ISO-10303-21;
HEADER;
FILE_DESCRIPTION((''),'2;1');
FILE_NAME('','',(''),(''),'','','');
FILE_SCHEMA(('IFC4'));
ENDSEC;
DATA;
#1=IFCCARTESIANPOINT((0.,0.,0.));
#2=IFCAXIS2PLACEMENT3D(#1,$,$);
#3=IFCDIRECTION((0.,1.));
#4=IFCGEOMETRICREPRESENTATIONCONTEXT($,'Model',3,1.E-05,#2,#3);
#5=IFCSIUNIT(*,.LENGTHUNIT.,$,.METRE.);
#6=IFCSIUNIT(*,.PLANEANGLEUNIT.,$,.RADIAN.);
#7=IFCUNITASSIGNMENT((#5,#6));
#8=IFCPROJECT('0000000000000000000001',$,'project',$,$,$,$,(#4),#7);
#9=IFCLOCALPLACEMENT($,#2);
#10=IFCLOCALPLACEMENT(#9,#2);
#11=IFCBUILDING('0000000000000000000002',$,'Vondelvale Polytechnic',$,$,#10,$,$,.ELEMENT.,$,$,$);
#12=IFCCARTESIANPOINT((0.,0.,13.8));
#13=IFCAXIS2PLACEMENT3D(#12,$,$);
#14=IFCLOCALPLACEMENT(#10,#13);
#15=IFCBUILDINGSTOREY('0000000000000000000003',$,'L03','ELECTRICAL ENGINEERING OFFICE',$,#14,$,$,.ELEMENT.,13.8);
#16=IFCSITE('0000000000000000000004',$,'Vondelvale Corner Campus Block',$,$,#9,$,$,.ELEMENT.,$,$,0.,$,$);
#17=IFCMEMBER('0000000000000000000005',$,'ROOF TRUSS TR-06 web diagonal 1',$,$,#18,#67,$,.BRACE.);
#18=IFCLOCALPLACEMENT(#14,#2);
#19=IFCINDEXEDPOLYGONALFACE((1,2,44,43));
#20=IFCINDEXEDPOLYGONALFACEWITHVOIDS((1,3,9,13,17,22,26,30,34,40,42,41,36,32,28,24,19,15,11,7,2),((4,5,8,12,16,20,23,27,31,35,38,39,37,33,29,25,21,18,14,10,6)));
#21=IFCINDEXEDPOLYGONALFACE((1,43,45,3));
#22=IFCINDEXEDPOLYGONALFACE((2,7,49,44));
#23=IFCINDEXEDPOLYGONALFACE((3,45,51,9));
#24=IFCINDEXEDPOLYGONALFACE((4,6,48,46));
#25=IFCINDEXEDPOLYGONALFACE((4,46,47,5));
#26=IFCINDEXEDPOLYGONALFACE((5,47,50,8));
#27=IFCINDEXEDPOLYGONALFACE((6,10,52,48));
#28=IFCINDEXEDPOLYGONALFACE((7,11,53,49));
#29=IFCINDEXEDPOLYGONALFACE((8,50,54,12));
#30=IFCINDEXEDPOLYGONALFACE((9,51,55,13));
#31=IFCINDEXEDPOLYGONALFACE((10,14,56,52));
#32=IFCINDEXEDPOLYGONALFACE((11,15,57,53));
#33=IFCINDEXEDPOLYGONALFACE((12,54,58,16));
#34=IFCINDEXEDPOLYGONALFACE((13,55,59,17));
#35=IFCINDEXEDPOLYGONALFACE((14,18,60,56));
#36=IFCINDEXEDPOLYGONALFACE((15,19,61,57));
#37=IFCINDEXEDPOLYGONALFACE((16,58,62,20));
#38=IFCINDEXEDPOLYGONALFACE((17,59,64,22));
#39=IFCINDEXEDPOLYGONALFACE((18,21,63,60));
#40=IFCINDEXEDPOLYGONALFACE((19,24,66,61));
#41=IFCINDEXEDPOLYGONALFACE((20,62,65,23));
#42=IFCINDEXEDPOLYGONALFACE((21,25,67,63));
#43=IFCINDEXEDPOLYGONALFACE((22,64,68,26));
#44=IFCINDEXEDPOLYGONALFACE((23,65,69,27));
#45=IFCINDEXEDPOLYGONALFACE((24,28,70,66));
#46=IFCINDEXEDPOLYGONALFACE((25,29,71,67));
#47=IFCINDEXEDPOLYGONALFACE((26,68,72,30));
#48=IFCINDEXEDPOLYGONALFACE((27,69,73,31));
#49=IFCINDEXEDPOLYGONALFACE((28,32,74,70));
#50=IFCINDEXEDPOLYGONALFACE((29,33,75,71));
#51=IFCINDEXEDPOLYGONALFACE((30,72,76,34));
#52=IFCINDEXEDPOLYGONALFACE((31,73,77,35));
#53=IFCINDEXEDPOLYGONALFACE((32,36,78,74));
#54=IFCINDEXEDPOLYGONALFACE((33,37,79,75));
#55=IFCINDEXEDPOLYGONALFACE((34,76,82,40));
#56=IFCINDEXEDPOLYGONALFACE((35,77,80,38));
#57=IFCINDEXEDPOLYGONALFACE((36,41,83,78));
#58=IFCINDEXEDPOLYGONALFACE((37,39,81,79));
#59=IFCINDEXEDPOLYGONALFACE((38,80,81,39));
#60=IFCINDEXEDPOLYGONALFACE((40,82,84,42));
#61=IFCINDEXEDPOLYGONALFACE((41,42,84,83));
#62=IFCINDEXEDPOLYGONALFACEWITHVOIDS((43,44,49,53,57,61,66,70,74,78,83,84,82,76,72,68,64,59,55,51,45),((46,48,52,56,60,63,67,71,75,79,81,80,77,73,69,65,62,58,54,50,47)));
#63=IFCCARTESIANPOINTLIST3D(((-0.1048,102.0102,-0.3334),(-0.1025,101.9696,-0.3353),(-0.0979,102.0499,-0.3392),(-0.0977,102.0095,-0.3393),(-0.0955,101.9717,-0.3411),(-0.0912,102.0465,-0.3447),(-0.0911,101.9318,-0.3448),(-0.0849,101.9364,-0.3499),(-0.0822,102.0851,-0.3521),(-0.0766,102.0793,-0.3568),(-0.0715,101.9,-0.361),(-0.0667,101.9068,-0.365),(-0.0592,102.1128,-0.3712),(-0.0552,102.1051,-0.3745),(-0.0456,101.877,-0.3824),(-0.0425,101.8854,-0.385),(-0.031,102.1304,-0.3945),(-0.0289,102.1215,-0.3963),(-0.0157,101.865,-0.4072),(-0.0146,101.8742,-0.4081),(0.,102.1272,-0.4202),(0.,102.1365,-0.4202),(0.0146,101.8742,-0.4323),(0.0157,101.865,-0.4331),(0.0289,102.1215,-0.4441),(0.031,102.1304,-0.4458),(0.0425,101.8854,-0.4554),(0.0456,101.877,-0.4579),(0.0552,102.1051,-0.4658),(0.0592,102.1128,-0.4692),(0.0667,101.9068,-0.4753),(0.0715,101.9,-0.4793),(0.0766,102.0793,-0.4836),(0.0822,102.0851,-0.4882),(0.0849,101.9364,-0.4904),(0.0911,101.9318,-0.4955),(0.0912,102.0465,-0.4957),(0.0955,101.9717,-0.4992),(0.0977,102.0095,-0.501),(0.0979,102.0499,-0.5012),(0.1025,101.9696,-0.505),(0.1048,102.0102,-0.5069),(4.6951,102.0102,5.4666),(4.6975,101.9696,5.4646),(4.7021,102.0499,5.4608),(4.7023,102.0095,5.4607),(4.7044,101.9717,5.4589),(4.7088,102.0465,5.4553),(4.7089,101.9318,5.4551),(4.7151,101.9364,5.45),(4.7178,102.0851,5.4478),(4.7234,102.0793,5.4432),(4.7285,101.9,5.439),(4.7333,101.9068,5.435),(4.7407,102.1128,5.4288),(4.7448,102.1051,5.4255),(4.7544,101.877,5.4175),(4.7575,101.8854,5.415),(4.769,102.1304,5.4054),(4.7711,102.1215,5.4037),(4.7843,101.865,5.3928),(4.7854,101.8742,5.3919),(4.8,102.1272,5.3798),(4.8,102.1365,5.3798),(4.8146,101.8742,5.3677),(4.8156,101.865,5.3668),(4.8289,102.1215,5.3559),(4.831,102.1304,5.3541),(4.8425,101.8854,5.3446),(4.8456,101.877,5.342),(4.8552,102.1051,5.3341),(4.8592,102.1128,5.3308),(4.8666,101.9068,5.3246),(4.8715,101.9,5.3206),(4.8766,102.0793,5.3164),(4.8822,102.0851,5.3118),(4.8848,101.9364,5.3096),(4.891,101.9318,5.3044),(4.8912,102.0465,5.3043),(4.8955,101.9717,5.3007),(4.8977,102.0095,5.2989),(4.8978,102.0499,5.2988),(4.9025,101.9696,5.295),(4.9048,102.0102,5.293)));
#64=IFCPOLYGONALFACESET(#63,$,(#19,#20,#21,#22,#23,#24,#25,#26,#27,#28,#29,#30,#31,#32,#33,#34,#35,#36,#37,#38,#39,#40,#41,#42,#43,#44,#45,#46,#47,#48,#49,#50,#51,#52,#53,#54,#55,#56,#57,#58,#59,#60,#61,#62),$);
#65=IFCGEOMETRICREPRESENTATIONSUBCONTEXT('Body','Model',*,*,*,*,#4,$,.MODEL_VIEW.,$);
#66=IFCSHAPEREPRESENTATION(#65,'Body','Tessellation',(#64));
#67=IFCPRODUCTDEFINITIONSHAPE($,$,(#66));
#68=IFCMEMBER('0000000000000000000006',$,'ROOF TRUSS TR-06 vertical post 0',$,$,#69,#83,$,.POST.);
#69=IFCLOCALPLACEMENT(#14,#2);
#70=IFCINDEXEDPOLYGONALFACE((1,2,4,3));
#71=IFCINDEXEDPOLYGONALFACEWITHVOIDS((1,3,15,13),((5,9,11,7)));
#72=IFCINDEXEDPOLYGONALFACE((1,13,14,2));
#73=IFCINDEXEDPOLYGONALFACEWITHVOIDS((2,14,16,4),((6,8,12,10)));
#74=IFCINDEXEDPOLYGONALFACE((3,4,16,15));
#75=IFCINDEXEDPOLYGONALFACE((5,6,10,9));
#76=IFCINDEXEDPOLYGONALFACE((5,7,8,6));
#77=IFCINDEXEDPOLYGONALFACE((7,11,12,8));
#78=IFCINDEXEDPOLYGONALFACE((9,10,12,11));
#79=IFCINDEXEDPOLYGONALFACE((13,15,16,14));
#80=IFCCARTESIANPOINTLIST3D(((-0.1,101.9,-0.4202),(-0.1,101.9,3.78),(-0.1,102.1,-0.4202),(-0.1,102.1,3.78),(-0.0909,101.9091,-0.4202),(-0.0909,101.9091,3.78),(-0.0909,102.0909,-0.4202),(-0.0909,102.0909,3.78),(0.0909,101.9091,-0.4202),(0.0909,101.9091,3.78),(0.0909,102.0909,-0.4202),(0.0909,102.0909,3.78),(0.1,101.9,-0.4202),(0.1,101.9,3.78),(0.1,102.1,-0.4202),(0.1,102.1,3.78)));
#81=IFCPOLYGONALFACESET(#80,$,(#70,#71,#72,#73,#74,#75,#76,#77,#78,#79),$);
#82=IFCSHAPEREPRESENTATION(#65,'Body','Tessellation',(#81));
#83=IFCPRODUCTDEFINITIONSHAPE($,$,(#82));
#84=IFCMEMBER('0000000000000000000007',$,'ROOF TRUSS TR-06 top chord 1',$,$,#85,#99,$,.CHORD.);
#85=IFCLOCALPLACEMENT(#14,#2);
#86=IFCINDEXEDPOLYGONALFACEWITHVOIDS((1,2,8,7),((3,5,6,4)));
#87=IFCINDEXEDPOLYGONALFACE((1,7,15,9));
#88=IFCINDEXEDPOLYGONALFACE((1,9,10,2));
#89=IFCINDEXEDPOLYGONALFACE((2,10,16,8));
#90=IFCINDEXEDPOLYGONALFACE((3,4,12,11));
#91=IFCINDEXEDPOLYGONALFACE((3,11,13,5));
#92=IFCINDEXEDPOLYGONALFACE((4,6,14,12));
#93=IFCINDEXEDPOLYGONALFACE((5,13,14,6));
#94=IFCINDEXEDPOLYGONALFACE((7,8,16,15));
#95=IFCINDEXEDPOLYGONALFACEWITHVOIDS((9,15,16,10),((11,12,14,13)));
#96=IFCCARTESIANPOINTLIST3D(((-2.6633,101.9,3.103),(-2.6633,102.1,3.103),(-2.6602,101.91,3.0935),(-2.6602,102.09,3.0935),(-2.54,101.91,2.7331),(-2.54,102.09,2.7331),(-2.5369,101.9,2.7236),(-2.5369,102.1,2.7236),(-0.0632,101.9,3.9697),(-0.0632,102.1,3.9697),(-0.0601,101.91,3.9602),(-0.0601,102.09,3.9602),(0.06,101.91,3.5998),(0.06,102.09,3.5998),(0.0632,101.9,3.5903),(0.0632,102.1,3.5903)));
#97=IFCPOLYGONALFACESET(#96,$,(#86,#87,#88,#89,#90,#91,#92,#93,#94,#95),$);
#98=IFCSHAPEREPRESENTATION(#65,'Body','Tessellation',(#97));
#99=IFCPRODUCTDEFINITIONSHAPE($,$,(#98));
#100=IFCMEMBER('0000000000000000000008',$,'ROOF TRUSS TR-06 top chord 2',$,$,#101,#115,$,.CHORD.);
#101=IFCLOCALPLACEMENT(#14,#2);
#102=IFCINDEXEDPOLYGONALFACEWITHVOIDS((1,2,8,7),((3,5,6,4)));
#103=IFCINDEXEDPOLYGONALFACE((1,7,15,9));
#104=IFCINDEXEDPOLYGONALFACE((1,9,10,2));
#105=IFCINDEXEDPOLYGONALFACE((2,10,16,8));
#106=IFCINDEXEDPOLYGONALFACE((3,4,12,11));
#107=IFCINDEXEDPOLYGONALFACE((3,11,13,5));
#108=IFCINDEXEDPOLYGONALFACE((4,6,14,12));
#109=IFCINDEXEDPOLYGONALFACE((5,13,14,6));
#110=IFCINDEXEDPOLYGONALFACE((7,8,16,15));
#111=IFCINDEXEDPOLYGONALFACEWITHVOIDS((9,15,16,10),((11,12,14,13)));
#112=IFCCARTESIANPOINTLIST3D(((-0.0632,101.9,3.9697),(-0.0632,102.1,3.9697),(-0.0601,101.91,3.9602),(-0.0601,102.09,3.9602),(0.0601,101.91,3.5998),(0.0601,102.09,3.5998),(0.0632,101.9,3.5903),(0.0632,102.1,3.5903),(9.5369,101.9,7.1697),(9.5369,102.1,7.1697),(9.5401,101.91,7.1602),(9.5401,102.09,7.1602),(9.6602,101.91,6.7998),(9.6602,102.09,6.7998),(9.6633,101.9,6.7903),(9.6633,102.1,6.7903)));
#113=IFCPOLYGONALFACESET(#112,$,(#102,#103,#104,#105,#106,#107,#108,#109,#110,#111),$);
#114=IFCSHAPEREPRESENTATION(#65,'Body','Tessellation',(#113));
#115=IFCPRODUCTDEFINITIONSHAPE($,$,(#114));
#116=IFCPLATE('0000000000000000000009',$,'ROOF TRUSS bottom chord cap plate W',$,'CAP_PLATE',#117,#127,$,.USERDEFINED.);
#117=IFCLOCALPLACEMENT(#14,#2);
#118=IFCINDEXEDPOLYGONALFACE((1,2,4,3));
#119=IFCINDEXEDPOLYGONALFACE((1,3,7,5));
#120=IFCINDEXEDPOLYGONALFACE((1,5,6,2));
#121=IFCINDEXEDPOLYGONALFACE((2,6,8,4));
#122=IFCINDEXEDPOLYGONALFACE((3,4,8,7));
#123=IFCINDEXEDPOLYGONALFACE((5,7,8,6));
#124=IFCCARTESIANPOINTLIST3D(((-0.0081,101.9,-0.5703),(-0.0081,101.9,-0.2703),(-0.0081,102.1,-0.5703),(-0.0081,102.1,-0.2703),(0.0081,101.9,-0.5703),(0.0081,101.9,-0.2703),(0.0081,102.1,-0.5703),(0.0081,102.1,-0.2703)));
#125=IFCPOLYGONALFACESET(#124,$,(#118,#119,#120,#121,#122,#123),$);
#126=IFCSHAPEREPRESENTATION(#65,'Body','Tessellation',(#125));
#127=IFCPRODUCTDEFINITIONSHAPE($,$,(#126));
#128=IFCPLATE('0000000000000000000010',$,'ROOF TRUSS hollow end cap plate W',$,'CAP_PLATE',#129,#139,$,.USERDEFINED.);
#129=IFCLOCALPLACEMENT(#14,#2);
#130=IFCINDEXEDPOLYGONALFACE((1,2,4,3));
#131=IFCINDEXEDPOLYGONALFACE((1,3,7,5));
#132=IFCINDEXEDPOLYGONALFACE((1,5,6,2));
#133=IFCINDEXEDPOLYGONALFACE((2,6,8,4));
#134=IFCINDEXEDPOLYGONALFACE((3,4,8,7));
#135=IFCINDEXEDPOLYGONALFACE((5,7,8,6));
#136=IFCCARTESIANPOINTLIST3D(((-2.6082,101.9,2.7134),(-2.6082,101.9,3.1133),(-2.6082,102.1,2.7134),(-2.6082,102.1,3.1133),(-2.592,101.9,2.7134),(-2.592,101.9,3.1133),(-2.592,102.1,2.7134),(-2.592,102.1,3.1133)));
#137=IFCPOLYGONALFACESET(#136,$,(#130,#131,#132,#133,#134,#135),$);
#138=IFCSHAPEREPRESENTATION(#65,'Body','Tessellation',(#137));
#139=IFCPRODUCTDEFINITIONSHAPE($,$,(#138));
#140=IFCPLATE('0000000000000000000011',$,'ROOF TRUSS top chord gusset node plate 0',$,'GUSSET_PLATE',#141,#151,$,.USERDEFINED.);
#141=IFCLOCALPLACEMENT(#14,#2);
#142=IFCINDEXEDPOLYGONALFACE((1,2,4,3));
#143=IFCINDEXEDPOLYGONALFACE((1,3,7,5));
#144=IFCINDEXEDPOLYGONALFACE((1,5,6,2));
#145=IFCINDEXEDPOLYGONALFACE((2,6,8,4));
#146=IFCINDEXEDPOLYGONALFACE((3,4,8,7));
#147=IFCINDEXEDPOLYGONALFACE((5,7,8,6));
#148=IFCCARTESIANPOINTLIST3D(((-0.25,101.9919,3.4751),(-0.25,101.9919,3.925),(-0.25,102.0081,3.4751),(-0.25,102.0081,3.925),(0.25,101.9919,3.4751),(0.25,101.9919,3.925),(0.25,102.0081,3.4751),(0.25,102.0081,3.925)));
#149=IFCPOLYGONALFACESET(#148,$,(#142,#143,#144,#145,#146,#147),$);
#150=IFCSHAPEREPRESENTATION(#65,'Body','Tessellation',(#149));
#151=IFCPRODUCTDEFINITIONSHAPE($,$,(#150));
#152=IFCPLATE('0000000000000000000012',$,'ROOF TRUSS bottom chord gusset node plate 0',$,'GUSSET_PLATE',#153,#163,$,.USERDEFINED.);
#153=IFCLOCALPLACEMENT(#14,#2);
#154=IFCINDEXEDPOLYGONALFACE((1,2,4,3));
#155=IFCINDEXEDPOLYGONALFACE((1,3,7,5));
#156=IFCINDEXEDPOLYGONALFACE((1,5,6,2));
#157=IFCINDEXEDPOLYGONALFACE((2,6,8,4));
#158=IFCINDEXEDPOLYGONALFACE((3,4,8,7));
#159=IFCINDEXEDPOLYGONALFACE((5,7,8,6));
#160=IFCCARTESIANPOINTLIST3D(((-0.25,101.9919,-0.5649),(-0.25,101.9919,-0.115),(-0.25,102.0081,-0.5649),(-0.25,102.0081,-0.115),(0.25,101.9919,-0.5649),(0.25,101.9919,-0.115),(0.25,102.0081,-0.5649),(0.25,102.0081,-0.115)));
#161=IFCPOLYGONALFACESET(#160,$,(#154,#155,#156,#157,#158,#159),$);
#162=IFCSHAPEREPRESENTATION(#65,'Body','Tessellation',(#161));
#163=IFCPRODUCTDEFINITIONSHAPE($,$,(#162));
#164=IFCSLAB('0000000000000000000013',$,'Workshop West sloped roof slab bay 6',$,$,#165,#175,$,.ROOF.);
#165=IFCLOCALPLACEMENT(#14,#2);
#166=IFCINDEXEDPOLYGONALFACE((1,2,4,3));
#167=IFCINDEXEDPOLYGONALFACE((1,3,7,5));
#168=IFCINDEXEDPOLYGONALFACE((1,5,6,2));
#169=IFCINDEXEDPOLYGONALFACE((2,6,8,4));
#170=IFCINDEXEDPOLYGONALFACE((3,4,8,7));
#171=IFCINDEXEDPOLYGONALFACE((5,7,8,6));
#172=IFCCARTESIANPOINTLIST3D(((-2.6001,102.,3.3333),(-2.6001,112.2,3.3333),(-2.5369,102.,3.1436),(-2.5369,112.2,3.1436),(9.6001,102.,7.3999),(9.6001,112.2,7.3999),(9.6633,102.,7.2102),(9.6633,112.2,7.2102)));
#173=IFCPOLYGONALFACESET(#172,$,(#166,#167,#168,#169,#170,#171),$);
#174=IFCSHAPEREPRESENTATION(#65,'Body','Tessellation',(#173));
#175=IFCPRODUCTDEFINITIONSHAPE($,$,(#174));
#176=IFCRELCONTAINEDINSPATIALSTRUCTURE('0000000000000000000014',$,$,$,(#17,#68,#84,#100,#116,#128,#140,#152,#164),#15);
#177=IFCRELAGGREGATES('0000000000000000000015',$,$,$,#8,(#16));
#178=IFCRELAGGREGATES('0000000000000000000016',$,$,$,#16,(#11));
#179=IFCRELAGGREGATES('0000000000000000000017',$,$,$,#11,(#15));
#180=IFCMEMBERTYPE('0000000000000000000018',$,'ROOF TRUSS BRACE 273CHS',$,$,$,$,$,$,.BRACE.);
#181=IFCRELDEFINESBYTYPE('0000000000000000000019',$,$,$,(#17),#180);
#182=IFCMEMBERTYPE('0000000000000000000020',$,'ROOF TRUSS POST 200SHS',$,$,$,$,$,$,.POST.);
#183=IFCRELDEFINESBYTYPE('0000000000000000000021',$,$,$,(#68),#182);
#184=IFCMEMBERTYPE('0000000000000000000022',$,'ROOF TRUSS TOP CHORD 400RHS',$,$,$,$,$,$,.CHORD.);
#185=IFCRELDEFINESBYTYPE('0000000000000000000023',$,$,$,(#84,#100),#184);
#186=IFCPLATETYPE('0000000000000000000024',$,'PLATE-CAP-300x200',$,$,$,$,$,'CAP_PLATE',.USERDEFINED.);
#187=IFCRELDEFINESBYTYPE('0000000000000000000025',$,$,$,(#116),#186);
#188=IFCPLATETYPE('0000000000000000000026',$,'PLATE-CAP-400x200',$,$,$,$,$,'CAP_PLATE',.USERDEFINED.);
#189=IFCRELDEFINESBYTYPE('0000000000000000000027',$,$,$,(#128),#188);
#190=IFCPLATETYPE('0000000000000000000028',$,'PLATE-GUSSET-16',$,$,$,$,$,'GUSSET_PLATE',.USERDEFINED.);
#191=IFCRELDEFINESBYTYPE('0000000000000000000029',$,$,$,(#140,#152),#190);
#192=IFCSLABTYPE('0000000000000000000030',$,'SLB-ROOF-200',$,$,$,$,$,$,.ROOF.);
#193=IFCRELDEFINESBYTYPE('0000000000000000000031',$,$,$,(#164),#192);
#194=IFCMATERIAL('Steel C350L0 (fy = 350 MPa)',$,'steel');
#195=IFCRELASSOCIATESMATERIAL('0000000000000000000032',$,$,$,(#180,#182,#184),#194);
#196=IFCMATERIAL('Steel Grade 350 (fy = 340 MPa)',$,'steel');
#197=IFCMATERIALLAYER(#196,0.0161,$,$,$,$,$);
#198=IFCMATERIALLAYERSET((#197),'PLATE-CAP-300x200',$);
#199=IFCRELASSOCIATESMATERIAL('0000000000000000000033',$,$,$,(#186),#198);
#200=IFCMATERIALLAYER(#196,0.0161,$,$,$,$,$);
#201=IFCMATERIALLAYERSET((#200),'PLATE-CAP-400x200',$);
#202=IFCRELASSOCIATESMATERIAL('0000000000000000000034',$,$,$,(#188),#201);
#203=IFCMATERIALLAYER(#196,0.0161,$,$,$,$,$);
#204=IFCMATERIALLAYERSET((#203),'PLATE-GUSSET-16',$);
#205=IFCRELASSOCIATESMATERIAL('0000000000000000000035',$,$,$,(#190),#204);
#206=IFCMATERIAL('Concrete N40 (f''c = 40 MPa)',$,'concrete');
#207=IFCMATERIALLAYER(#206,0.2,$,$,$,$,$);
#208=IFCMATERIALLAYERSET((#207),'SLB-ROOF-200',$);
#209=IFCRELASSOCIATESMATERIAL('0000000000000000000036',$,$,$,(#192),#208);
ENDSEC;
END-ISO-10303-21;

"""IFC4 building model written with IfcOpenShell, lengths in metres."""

from ifc_helpers import new_model, si_unit, direction, frame, origin, origin_2d, place, context, subcontext, project, spatial, polyline, rectangle, hollow_rectangle, hollow_circle, outline, extrude, material, layer, layer_set, material_profile, profile_set, type_object, element, save


model = new_model("IFC4")

# Units and contexts
model_context = context("Model", 3, precision=1e-05, world=origin(), true_north=direction((0.0, 1.0)))
body_context = subcontext(model_context, "Body", "Model", "MODEL_VIEW")
ifc_project = project(units=[si_unit("LENGTHUNIT", "METRE"), si_unit("PLANEANGLEUNIT", "RADIAN")], contexts=[model_context])

# Site, building, storey
site_placement = place(None, origin())
site = spatial("IfcSite", under=ifc_project, at=site_placement, Name="Vondelvale Corner Campus Block", CompositionType="ELEMENT", RefElevation=0.0)
building_placement = place(site_placement, origin())
building = spatial("IfcBuilding", under=site, at=building_placement, Name="Vondelvale Polytechnic", CompositionType="ELEMENT")
storey_placement = place(building_placement, frame((0.0, 0.0, 13.8)))
storey = spatial("IfcBuildingStorey", under=building, at=storey_placement, Name="L03", Description="ELECTRICAL ENGINEERING OFFICE", CompositionType="ELEMENT", Elevation=13.8)

# Members
ifc_material_1 = material(Name="Steel C350L0 (fy = 350 MPa)", Category="steel")
ifc_material_profile_1 = material_profile(ifc_material_1, hollow_circle(Radius=0.1365, WallThickness=0.0093, at=origin_2d()), Name="273.1x9.3CHS")
ifc_profile_set_1 = profile_set([ifc_material_profile_1], Name="Steel C350L0 (fy = 350 MPa)")
member_type_1 = type_object("IfcMemberType", Name="ROOF TRUSS BRACE 273CHS", PredefinedType="BRACE", material=ifc_profile_set_1)
member_1_placement = place(storey_placement, frame((0.0, 102.0, -0.4202), z_axis=(0.637568, 0.0, 0.770394), x_axis=(0.0, 1.0, 0.0)))
element("IfcMember", 1, at=member_1_placement, inside=storey, type_object=member_type_1, Name="ROOF TRUSS TR-06 web diagonal 1", PredefinedType="BRACE", context=body_context, shape_type="SweptSolid", body=[
    extrude(hollow_circle(Radius=0.1365, WallThickness=0.0093, at=origin_2d()), origin(), (0.0, 0.0, 1.0), 7.5286),
])
ifc_material_profile_2 = material_profile(ifc_material_1, hollow_rectangle(XDim=0.2, YDim=0.2, WallThickness=0.009, at=origin_2d()), Name="200x200x9.0SHS")
ifc_profile_set_2 = profile_set([ifc_material_profile_2], Name="Steel C350L0 (fy = 350 MPa)")
member_type_2 = type_object("IfcMemberType", Name="ROOF TRUSS POST 200SHS", PredefinedType="POST", material=ifc_profile_set_2)
member_2_placement = place(storey_placement, frame((0.0, 102.0, -0.4202), z_axis=(0.0, 0.0, 1.0), x_axis=(1.0, 0.0, 0.0)))
element("IfcMember", 2, at=member_2_placement, inside=storey, type_object=member_type_2, Name="ROOF TRUSS TR-06 vertical post 0", PredefinedType="POST", context=body_context, shape_type="SweptSolid", body=[
    extrude(hollow_rectangle(XDim=0.2, YDim=0.2, WallThickness=0.009, at=origin_2d()), origin(), (0.0, 0.0, 1.0), 4.2002),
])
ifc_material_profile_3 = material_profile(ifc_material_1, hollow_rectangle(XDim=0.2, YDim=0.3999, WallThickness=0.01, at=origin_2d()), Name="400x200x10.0RHS")
ifc_profile_set_3 = profile_set([ifc_material_profile_3], Name="Steel C350L0 (fy = 350 MPa)")
member_type_3 = type_object("IfcMemberType", Name="ROOF TRUSS TOP CHORD 400RHS", PredefinedType="CHORD", material=ifc_profile_set_3)
member_3_placement = place(storey_placement, frame((-2.6001, 102.0, 2.9133), z_axis=(0.948683, 0.0, 0.316228), x_axis=(0.0, 1.0, 0.0)))
element("IfcMember", 3, at=member_3_placement, inside=storey, type_object=member_type_3, Name="ROOF TRUSS TR-06 top chord 1", PredefinedType="CHORD", context=body_context, shape_type="SweptSolid", body=[
    extrude(hollow_rectangle(XDim=0.2, YDim=0.3999, WallThickness=0.01, at=origin_2d()), origin(), (0.0, 0.0, 1.0), 2.7407),
])
member_4_placement = place(storey_placement, frame((0.0, 102.0, 3.78), z_axis=(0.948686, 0.0, 0.316221), x_axis=(0.0, 1.0, 0.0)))
element("IfcMember", 4, at=member_4_placement, inside=storey, type_object=member_type_3, Name="ROOF TRUSS TR-06 top chord 2", PredefinedType="CHORD", context=body_context, shape_type="SweptSolid", body=[
    extrude(hollow_rectangle(XDim=0.2, YDim=0.3999, WallThickness=0.01, at=origin_2d()), origin(), (0.0, 0.0, 1.0), 10.1194),
])

# Plates
ifc_material_2 = material(Name="Steel Grade 350 (fy = 340 MPa)", Category="steel")
ifc_layer_1 = layer(ifc_material_2, 0.0161)
ifc_layer_set_1 = layer_set([ifc_layer_1], Name="PLATE-CAP-300x200")
plate_type_1 = type_object("IfcPlateType", Name="PLATE-CAP-300x200", ElementType="CAP_PLATE", PredefinedType="USERDEFINED", material=ifc_layer_set_1)
plate_1_placement = place(storey_placement, frame((0.0, 102.0, -0.5703), z_axis=(0.0, 0.0, 1.0), x_axis=(1.0, 0.0, 0.0)))
element("IfcPlate", 5, at=plate_1_placement, inside=storey, type_object=plate_type_1, Name="ROOF TRUSS bottom chord cap plate W", ObjectType="CAP_PLATE", PredefinedType="USERDEFINED", context=body_context, shape_type="SweptSolid", body=[
    extrude(rectangle(XDim=0.0161, YDim=0.2, at=origin_2d()), origin(), (0.0, 0.0, 1.0), 0.3),
])
ifc_layer_2 = layer(ifc_material_2, 0.0161)
ifc_layer_set_2 = layer_set([ifc_layer_2], Name="PLATE-CAP-400x200")
plate_type_2 = type_object("IfcPlateType", Name="PLATE-CAP-400x200", ElementType="CAP_PLATE", PredefinedType="USERDEFINED", material=ifc_layer_set_2)
plate_2_placement = place(storey_placement, frame((-2.6001, 102.0, 2.7134), z_axis=(0.0, 0.0, 1.0), x_axis=(1.0, 0.0, 0.0)))
element("IfcPlate", 6, at=plate_2_placement, inside=storey, type_object=plate_type_2, Name="ROOF TRUSS hollow end cap plate W", ObjectType="CAP_PLATE", PredefinedType="USERDEFINED", context=body_context, shape_type="SweptSolid", body=[
    extrude(rectangle(XDim=0.0161, YDim=0.2, at=origin_2d()), origin(), (0.0, 0.0, 1.0), 0.3999),
])
ifc_layer_3 = layer(ifc_material_2, 0.0161)
ifc_layer_set_3 = layer_set([ifc_layer_3], Name="PLATE-GUSSET-16")
plate_type_3 = type_object("IfcPlateType", Name="PLATE-GUSSET-16", ElementType="GUSSET_PLATE", PredefinedType="USERDEFINED", material=ifc_layer_set_3)
for number, where, z_axis, x_axis, name in (
    (7, (0.0, 102.0, 3.4751), (0.0, 0.0, 1.0), (1.0, 0.0, 0.0), "ROOF TRUSS top chord gusset node plate 0"),
    (8, (0.0, 102.0, -0.5649), (0.0, 0.0, 1.0), (1.0, 0.0, 0.0), "ROOF TRUSS bottom chord gusset node plate 0"),
):
    element("IfcPlate", number, at=place(storey_placement, frame(where, z_axis=z_axis, x_axis=x_axis)), inside=storey, type_object=plate_type_3, Name=name, ObjectType="GUSSET_PLATE", PredefinedType="USERDEFINED", context=body_context, shape_type="SweptSolid", body=[
        extrude(rectangle(XDim=0.5, YDim=0.0161, at=origin_2d()), origin(), (0.0, 0.0, 1.0), 0.45),
    ])

# Slab
ifc_material_3 = material(Name="Concrete N40 (f'c = 40 MPa)", Category="concrete")
ifc_layer_4 = layer(ifc_material_3, 0.2)
ifc_layer_set_4 = layer_set([ifc_layer_4], Name="SLB-ROOF-200")
slab_type = type_object("IfcSlabType", Name="SLB-ROOF-200", PredefinedType="ROOF", material=ifc_layer_set_4)
slab_placement = place(storey_placement, frame((-2.6001, 102.0, 3.3333), z_axis=(-0.316222, 0.0, 0.948685), x_axis=(0.948685, 0.0, 0.316222)))
element("IfcSlab", 9, at=slab_placement, inside=storey, type_object=slab_type, Name="Workshop West sloped roof slab bay 6", PredefinedType="ROOF", context=body_context, shape_type="SweptSolid", body=[
    extrude(outline(polyline([(0.0, 0.0), (12.8601, 0.0), (12.8601, 10.2), (0.0, 10.2), (0.0, 0.0)])), origin(), (0.0, 0.0, -1.0), 0.2),
])

save(model, "model.ifc")
